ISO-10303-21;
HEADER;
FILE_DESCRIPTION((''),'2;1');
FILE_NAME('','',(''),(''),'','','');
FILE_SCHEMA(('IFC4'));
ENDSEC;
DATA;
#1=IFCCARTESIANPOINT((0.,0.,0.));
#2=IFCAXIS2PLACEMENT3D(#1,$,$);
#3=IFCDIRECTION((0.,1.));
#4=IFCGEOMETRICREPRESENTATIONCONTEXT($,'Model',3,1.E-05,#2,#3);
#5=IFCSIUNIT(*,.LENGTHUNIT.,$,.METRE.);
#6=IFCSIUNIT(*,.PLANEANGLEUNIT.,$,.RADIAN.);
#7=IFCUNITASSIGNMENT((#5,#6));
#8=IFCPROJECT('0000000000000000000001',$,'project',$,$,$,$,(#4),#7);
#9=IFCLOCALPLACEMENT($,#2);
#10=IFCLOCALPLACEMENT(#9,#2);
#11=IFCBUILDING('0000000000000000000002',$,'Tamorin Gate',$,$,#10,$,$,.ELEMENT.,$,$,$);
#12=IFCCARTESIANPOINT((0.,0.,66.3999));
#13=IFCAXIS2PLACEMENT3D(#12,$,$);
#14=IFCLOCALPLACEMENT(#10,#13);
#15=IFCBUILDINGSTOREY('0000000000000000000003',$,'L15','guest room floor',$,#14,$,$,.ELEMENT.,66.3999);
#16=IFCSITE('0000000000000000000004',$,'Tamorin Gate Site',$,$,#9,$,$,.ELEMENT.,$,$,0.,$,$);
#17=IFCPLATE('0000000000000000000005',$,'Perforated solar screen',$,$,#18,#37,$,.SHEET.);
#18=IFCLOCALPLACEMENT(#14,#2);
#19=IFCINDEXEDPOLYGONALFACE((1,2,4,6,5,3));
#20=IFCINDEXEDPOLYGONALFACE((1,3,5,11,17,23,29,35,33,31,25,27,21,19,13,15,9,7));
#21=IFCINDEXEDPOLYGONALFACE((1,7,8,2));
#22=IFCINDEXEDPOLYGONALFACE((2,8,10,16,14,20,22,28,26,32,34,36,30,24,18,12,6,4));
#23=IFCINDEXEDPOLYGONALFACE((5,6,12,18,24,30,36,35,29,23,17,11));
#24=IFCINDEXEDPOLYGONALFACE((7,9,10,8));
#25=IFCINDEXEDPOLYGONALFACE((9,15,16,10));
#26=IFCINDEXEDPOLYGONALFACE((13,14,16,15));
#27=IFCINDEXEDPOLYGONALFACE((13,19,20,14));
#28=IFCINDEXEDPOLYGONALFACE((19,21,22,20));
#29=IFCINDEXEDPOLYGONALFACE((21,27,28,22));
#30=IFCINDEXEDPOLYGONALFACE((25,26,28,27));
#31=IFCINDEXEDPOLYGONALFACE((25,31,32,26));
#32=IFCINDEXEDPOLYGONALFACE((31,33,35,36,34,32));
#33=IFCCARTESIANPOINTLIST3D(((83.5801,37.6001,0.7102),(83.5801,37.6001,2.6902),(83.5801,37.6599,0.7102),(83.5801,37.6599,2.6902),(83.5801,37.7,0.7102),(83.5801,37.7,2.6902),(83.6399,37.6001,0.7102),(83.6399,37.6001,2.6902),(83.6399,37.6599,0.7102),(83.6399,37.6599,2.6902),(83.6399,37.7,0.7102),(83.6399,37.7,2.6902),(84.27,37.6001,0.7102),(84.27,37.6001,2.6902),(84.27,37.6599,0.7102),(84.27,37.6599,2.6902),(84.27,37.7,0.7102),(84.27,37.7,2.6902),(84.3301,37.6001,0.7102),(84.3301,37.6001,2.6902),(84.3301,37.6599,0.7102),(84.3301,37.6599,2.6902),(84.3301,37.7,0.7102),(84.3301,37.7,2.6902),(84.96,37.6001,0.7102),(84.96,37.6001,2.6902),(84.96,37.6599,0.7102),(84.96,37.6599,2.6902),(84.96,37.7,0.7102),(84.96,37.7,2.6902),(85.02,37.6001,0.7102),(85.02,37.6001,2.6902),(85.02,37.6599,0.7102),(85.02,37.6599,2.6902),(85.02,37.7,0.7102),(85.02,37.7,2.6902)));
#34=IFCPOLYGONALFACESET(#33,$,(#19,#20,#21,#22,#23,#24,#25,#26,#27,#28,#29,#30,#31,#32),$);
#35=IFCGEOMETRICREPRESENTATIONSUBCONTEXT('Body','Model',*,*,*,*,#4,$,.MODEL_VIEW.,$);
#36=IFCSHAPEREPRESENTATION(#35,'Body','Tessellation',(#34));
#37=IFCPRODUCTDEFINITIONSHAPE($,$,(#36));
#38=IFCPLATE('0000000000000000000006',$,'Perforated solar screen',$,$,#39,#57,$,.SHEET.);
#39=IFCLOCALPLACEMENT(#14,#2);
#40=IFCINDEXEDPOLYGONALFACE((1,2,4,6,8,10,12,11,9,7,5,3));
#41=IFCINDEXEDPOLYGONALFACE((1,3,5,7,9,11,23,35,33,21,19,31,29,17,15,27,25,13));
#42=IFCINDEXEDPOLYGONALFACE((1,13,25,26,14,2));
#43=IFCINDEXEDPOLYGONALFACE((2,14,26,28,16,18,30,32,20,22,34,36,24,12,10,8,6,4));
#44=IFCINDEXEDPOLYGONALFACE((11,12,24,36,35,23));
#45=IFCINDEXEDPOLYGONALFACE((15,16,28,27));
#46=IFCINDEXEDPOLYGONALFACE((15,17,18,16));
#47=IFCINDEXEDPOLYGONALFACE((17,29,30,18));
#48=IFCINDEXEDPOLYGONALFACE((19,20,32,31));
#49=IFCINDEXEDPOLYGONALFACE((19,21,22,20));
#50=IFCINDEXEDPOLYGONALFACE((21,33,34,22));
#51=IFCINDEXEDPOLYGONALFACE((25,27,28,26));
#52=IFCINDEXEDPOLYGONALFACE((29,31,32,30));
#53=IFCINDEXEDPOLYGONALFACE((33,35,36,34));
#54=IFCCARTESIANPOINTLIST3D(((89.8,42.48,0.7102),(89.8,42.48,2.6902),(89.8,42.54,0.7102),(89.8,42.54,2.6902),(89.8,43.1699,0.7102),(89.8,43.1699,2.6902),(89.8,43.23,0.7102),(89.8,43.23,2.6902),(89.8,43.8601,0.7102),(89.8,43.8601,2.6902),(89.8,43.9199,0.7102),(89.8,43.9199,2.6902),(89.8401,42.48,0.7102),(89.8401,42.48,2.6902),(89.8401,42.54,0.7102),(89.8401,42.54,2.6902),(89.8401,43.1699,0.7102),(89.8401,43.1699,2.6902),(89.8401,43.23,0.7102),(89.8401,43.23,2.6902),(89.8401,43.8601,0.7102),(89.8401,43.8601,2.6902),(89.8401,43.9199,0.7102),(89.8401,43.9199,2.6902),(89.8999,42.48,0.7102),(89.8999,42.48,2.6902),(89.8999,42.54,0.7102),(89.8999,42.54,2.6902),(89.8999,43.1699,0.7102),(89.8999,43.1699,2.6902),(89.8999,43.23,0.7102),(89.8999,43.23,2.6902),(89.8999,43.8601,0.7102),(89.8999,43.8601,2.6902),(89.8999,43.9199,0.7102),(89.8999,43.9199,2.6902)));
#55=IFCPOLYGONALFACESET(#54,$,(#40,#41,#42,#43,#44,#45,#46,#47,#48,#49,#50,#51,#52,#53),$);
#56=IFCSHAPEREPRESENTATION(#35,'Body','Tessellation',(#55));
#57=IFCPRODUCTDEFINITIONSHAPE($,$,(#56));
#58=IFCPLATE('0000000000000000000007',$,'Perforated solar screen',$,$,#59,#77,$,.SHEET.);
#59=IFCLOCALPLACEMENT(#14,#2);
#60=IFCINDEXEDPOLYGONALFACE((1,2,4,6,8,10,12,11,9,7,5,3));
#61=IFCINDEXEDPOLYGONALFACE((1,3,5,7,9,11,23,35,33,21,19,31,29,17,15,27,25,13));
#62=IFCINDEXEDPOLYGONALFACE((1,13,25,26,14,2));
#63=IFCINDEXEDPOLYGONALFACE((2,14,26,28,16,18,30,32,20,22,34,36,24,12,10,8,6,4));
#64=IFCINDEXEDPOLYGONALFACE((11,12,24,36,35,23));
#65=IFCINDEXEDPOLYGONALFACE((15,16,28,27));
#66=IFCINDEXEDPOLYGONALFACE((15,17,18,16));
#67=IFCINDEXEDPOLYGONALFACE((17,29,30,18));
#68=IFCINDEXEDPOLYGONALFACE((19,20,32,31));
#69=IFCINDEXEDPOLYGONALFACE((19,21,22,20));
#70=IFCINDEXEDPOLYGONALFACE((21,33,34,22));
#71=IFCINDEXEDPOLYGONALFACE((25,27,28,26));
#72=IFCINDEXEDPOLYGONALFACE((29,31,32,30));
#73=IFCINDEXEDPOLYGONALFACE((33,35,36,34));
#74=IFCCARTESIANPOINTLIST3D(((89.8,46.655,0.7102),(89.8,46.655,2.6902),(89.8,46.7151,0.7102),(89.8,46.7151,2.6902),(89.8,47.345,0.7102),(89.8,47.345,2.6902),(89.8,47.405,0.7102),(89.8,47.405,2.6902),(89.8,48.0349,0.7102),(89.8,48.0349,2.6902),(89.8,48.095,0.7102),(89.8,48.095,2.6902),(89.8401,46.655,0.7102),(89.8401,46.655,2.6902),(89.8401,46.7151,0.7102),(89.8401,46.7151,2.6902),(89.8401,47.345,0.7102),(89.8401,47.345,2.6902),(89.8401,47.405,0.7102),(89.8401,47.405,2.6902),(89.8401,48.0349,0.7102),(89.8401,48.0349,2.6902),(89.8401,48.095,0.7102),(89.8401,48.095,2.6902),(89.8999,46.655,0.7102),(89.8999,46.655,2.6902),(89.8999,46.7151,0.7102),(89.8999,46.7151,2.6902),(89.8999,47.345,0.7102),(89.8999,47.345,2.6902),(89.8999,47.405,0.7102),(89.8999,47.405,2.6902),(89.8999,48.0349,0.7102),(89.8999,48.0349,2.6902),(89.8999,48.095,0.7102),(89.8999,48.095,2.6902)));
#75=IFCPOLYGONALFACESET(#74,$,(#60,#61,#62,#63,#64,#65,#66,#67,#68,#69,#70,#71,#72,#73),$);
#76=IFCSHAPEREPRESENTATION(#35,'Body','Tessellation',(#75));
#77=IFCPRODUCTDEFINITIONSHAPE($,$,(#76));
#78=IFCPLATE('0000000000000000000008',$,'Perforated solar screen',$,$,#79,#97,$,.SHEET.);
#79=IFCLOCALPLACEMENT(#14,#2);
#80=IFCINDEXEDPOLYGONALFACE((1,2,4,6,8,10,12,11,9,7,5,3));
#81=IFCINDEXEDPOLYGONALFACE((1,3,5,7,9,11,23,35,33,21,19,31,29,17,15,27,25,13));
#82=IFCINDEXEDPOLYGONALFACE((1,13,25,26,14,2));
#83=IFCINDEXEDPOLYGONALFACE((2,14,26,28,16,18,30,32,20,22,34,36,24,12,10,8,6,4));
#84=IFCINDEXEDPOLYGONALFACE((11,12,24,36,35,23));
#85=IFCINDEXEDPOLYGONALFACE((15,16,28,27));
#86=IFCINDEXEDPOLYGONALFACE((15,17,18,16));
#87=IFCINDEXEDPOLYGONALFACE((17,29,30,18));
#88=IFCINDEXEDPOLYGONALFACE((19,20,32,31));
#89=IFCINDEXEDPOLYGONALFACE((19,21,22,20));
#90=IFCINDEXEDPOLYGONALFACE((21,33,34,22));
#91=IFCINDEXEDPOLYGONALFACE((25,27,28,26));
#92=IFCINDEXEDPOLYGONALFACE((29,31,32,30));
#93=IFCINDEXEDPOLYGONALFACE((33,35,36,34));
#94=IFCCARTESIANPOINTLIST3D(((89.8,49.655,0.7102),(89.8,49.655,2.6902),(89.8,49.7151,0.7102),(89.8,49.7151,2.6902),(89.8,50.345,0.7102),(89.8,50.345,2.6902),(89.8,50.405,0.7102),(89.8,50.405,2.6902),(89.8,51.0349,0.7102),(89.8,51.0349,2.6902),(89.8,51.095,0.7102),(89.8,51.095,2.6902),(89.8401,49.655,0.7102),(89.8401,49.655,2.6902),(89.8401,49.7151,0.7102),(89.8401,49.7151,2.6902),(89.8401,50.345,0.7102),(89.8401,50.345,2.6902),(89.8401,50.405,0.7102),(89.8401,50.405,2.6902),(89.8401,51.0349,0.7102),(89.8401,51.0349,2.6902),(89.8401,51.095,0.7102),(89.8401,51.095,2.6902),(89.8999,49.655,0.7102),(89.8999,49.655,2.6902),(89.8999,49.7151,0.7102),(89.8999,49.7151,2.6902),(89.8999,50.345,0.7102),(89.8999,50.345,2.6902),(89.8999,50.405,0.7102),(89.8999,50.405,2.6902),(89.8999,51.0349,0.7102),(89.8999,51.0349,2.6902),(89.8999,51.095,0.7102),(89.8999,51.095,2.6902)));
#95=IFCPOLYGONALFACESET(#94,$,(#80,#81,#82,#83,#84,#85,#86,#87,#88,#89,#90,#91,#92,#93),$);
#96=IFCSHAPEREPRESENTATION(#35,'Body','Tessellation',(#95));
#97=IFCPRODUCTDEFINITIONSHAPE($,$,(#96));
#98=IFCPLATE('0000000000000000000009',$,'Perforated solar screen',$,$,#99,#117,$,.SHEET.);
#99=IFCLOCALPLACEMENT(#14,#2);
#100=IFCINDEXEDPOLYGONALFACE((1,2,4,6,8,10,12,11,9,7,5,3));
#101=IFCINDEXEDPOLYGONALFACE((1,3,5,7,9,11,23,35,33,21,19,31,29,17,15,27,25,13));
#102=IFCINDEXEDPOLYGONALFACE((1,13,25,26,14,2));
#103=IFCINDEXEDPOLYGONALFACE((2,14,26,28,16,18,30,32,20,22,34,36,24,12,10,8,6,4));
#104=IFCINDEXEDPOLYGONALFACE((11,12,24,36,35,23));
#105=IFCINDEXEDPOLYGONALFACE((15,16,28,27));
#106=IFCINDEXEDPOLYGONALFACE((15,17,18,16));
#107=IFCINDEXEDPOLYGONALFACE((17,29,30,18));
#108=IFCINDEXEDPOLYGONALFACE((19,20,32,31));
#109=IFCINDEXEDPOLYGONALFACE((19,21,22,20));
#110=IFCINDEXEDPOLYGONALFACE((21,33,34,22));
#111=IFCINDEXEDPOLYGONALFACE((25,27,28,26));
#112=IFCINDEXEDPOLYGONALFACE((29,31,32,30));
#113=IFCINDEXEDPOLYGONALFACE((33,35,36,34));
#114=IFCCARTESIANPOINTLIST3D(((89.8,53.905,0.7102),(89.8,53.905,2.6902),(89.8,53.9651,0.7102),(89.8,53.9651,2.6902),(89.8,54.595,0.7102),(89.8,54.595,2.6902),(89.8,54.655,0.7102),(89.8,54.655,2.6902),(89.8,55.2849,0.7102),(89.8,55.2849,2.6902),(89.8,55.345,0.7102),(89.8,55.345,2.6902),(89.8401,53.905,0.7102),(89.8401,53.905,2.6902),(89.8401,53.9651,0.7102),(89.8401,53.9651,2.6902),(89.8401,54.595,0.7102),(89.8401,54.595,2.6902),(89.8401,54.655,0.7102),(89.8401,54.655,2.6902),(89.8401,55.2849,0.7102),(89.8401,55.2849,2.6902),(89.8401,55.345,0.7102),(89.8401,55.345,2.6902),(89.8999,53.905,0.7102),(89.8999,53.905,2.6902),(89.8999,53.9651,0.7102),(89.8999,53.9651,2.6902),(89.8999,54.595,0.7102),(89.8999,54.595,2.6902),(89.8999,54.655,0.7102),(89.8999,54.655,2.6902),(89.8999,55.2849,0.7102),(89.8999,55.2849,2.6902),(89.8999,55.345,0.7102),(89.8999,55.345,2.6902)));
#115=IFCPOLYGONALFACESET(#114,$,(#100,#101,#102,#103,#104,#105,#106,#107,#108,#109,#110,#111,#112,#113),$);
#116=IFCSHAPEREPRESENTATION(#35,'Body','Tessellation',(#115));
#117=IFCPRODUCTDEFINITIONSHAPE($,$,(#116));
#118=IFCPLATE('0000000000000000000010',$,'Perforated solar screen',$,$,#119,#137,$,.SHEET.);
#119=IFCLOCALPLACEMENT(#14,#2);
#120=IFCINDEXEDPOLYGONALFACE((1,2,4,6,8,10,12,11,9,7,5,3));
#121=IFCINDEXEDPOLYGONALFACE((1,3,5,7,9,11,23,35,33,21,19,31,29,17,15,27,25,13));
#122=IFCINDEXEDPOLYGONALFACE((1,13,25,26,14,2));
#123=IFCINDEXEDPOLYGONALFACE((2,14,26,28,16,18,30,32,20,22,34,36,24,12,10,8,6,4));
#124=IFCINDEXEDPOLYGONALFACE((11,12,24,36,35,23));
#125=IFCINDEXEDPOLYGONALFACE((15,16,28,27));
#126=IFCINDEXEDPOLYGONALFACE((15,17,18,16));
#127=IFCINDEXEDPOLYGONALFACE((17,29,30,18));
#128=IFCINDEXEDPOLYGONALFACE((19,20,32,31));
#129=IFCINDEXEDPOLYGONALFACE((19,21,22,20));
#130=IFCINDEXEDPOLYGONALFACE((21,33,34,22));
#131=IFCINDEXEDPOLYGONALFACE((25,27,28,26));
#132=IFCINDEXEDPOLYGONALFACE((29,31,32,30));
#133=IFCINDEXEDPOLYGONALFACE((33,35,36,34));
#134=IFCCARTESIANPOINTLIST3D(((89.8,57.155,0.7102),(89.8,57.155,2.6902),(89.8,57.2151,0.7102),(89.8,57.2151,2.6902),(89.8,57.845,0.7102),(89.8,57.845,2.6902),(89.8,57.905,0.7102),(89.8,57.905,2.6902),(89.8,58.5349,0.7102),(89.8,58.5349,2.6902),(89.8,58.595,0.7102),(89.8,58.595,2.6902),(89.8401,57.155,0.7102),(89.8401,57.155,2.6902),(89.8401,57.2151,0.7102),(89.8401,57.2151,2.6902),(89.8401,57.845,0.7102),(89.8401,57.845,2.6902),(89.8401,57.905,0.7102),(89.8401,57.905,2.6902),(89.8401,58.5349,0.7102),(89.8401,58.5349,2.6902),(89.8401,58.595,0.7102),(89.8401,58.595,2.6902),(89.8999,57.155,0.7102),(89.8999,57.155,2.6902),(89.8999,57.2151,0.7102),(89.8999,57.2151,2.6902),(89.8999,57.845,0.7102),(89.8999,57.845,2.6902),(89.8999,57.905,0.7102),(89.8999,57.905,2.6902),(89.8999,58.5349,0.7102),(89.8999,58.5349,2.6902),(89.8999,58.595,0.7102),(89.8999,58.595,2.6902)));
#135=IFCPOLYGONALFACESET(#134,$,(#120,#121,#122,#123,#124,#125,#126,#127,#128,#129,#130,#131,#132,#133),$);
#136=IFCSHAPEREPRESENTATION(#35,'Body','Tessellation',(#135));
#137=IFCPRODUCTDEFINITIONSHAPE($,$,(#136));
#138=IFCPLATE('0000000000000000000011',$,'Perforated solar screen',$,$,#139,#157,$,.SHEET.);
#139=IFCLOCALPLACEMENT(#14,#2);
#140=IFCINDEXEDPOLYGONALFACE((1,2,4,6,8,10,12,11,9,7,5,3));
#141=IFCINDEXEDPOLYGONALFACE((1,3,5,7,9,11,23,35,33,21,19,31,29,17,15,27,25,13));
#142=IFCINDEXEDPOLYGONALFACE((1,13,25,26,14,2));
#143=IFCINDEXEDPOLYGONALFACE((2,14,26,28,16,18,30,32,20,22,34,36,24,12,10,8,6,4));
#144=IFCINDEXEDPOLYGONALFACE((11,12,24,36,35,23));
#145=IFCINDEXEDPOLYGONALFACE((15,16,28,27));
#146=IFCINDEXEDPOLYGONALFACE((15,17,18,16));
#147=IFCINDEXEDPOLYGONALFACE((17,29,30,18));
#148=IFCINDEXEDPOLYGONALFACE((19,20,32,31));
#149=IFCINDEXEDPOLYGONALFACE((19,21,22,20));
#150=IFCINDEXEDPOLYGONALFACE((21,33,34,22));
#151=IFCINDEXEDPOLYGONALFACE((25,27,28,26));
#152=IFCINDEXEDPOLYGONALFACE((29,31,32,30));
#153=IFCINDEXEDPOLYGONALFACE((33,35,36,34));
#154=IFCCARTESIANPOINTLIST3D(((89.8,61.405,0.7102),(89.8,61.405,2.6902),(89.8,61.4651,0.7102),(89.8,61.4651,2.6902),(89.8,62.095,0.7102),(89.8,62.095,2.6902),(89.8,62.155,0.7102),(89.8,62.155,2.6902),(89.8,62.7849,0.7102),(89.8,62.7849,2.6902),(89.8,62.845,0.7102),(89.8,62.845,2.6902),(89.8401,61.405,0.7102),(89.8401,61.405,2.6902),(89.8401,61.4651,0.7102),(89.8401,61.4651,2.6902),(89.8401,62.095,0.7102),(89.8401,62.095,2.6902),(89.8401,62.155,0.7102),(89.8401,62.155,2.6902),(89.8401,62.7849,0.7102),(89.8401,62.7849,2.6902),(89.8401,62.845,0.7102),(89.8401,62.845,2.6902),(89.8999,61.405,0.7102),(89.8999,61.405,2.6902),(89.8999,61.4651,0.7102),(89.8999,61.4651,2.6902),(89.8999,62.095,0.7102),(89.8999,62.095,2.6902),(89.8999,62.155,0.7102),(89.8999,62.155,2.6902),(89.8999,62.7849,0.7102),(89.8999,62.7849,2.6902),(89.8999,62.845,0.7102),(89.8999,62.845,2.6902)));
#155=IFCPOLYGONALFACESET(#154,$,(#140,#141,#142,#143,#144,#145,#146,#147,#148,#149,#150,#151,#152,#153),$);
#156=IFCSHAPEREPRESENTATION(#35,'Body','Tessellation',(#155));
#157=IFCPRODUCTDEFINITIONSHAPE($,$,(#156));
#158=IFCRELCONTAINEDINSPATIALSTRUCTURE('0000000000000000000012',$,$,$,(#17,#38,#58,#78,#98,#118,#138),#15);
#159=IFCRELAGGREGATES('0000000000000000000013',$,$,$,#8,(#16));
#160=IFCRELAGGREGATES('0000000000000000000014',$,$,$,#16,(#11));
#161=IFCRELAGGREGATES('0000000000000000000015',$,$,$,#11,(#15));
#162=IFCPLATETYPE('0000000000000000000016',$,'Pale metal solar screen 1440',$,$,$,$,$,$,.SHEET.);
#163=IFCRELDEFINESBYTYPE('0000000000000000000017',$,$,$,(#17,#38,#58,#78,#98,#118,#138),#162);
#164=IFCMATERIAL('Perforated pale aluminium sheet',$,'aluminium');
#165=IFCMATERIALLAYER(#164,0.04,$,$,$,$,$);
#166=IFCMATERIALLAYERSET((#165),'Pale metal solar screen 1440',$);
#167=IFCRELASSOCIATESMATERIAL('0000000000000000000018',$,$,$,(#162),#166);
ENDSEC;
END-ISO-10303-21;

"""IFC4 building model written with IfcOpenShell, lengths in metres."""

from ifc_helpers import new_model, si_unit, direction, frame, origin, place, context, subcontext, project, spatial, polyline, outline, extrude, material, layer, layer_set, type_object, element, save


model = new_model("IFC4")

# Units and contexts
model_context = context("Model", 3, precision=1e-05, world=origin(), true_north=direction((0.0, 1.0)))
body_context = subcontext(model_context, "Body", "Model", "MODEL_VIEW")
ifc_project = project(units=[si_unit("LENGTHUNIT", "METRE"), si_unit("PLANEANGLEUNIT", "RADIAN")], contexts=[model_context])

# Site, building, storey
site_placement = place(None, origin())
site = spatial("IfcSite", under=ifc_project, at=site_placement, Name="Tamorin Gate Site", CompositionType="ELEMENT", RefElevation=0.0)
building_placement = place(site_placement, origin())
building = spatial("IfcBuilding", under=site, at=building_placement, Name="Tamorin Gate", CompositionType="ELEMENT")
storey_placement = place(building_placement, frame((0.0, 0.0, 66.3999)))
storey = spatial("IfcBuildingStorey", under=building, at=storey_placement, Name="L15", Description="guest room floor", CompositionType="ELEMENT", Elevation=66.3999)

# Plates
ifc_material_1 = material(Name="Perforated pale aluminium sheet", Category="aluminium")
ifc_layer_1 = layer(ifc_material_1, 0.04)
ifc_layer_set_1 = layer_set([ifc_layer_1], Name="Pale metal solar screen 1440")
plate_type = type_object("IfcPlateType", Name="Pale metal solar screen 1440", PredefinedType="SHEET", material=ifc_layer_set_1)
plate_1_placement = place(storey_placement, frame((0.0, 0.0, 0.7102)))
element("IfcPlate", 1, at=plate_1_placement, inside=storey, type_object=plate_type, Name="Perforated solar screen", PredefinedType="SHEET", context=body_context, shape_type="SweptSolid", body=[
    extrude(outline(polyline([(83.5801, 37.6599), (83.5801, 37.7), (83.6399, 37.7), (84.27, 37.7), (84.3301, 37.7), (84.96, 37.7), (85.02, 37.7), (85.02, 37.6599), (85.02, 37.6001), (84.96, 37.6001), (84.96, 37.6599), (84.3301, 37.6599), (84.3301, 37.6001), (84.27, 37.6001), (84.27, 37.6599), (83.6399, 37.6599), (83.6399, 37.6001), (83.5801, 37.6001), (83.5801, 37.6599)])), origin(), (0.0, 0.0, 1.0), 1.98),
])
plate_2_placement = place(storey_placement, frame((0.0, 0.0, 0.7102)))
element("IfcPlate", 2, at=plate_2_placement, inside=storey, type_object=plate_type, Name="Perforated solar screen", PredefinedType="SHEET", context=body_context, shape_type="SweptSolid", body=[
    extrude(outline(polyline([(89.8401, 42.48), (89.8, 42.48), (89.8, 42.54), (89.8, 43.1699), (89.8, 43.23), (89.8, 43.8601), (89.8, 43.9199), (89.8401, 43.9199), (89.8999, 43.9199), (89.8999, 43.8601), (89.8401, 43.8601), (89.8401, 43.23), (89.8999, 43.23), (89.8999, 43.1699), (89.8401, 43.1699), (89.8401, 42.54), (89.8999, 42.54), (89.8999, 42.48), (89.8401, 42.48)])), origin(), (0.0, 0.0, 1.0), 1.98),
])
plate_3_placement = place(storey_placement, frame((0.0, 0.0, 0.7102)))
element("IfcPlate", 3, at=plate_3_placement, inside=storey, type_object=plate_type, Name="Perforated solar screen", PredefinedType="SHEET", context=body_context, shape_type="SweptSolid", body=[
    extrude(outline(polyline([(89.8401, 46.655), (89.8, 46.655), (89.8, 46.7151), (89.8, 47.345), (89.8, 47.405), (89.8, 48.0349), (89.8, 48.095), (89.8, 48.095), (89.8401, 48.095), (89.8401, 48.095), (89.8999, 48.095), (89.8999, 48.0349), (89.8401, 48.0349), (89.8401, 47.405), (89.8999, 47.405), (89.8999, 47.345), (89.8401, 47.345), (89.8401, 46.7151), (89.8999, 46.7151), (89.8999, 46.655), (89.8401, 46.655)])), origin(), (0.0, 0.0, 1.0), 1.98),
])
plate_4_placement = place(storey_placement, frame((0.0, 0.0, 0.7102)))
element("IfcPlate", 4, at=plate_4_placement, inside=storey, type_object=plate_type, Name="Perforated solar screen", PredefinedType="SHEET", context=body_context, shape_type="SweptSolid", body=[
    extrude(outline(polyline([(89.8401, 49.655), (89.8, 49.655), (89.8, 49.7151), (89.8, 50.345), (89.8, 50.405), (89.8, 51.0349), (89.8, 51.095), (89.8401, 51.095), (89.8999, 51.095), (89.8999, 51.0349), (89.8401, 51.0349), (89.8401, 50.405), (89.8999, 50.405), (89.8999, 50.345), (89.8401, 50.345), (89.8401, 49.7151), (89.8999, 49.7151), (89.8999, 49.655), (89.8401, 49.655)])), origin(), (0.0, 0.0, 1.0), 1.98),
])
plate_5_placement = place(storey_placement, frame((0.0, 0.0, 0.7102)))
element("IfcPlate", 5, at=plate_5_placement, inside=storey, type_object=plate_type, Name="Perforated solar screen", PredefinedType="SHEET", context=body_context, shape_type="SweptSolid", body=[
    extrude(outline(polyline([(89.8401, 53.905), (89.8, 53.905), (89.8, 53.9651), (89.8, 54.595), (89.8, 54.655), (89.8, 55.2849), (89.8, 55.345), (89.8401, 55.345), (89.8999, 55.345), (89.8999, 55.2849), (89.8401, 55.2849), (89.8401, 54.655), (89.8999, 54.655), (89.8999, 54.595), (89.8401, 54.595), (89.8401, 53.9651), (89.8999, 53.9651), (89.8999, 53.905), (89.8401, 53.905)])), origin(), (0.0, 0.0, 1.0), 1.98),
])
plate_6_placement = place(storey_placement, frame((0.0, 0.0, 0.7102)))
element("IfcPlate", 6, at=plate_6_placement, inside=storey, type_object=plate_type, Name="Perforated solar screen", PredefinedType="SHEET", context=body_context, shape_type="SweptSolid", body=[
    extrude(outline(polyline([(89.8401, 57.155), (89.8, 57.155), (89.8, 57.2151), (89.8, 57.845), (89.8, 57.905), (89.8, 58.5349), (89.8, 58.595), (89.8401, 58.595), (89.8999, 58.595), (89.8999, 58.5349), (89.8401, 58.5349), (89.8401, 57.905), (89.8999, 57.905), (89.8999, 57.845), (89.8401, 57.845), (89.8401, 57.2151), (89.8999, 57.2151), (89.8999, 57.155), (89.8401, 57.155)])), origin(), (0.0, 0.0, 1.0), 1.98),
])
plate_7_placement = place(storey_placement, frame((0.0, 0.0, 0.7102)))
element("IfcPlate", 7, at=plate_7_placement, inside=storey, type_object=plate_type, Name="Perforated solar screen", PredefinedType="SHEET", context=body_context, shape_type="SweptSolid", body=[
    extrude(outline(polyline([(89.8401, 61.405), (89.8, 61.405), (89.8, 61.4651), (89.8, 62.095), (89.8, 62.155), (89.8, 62.7849), (89.8, 62.845), (89.8401, 62.845), (89.8999, 62.845), (89.8999, 62.7849), (89.8401, 62.7849), (89.8401, 62.155), (89.8999, 62.155), (89.8999, 62.095), (89.8401, 62.095), (89.8401, 61.4651), (89.8999, 61.4651), (89.8999, 61.405), (89.8401, 61.405)])), origin(), (0.0, 0.0, 1.0), 1.98),
])

save(model, "model.ifc")
